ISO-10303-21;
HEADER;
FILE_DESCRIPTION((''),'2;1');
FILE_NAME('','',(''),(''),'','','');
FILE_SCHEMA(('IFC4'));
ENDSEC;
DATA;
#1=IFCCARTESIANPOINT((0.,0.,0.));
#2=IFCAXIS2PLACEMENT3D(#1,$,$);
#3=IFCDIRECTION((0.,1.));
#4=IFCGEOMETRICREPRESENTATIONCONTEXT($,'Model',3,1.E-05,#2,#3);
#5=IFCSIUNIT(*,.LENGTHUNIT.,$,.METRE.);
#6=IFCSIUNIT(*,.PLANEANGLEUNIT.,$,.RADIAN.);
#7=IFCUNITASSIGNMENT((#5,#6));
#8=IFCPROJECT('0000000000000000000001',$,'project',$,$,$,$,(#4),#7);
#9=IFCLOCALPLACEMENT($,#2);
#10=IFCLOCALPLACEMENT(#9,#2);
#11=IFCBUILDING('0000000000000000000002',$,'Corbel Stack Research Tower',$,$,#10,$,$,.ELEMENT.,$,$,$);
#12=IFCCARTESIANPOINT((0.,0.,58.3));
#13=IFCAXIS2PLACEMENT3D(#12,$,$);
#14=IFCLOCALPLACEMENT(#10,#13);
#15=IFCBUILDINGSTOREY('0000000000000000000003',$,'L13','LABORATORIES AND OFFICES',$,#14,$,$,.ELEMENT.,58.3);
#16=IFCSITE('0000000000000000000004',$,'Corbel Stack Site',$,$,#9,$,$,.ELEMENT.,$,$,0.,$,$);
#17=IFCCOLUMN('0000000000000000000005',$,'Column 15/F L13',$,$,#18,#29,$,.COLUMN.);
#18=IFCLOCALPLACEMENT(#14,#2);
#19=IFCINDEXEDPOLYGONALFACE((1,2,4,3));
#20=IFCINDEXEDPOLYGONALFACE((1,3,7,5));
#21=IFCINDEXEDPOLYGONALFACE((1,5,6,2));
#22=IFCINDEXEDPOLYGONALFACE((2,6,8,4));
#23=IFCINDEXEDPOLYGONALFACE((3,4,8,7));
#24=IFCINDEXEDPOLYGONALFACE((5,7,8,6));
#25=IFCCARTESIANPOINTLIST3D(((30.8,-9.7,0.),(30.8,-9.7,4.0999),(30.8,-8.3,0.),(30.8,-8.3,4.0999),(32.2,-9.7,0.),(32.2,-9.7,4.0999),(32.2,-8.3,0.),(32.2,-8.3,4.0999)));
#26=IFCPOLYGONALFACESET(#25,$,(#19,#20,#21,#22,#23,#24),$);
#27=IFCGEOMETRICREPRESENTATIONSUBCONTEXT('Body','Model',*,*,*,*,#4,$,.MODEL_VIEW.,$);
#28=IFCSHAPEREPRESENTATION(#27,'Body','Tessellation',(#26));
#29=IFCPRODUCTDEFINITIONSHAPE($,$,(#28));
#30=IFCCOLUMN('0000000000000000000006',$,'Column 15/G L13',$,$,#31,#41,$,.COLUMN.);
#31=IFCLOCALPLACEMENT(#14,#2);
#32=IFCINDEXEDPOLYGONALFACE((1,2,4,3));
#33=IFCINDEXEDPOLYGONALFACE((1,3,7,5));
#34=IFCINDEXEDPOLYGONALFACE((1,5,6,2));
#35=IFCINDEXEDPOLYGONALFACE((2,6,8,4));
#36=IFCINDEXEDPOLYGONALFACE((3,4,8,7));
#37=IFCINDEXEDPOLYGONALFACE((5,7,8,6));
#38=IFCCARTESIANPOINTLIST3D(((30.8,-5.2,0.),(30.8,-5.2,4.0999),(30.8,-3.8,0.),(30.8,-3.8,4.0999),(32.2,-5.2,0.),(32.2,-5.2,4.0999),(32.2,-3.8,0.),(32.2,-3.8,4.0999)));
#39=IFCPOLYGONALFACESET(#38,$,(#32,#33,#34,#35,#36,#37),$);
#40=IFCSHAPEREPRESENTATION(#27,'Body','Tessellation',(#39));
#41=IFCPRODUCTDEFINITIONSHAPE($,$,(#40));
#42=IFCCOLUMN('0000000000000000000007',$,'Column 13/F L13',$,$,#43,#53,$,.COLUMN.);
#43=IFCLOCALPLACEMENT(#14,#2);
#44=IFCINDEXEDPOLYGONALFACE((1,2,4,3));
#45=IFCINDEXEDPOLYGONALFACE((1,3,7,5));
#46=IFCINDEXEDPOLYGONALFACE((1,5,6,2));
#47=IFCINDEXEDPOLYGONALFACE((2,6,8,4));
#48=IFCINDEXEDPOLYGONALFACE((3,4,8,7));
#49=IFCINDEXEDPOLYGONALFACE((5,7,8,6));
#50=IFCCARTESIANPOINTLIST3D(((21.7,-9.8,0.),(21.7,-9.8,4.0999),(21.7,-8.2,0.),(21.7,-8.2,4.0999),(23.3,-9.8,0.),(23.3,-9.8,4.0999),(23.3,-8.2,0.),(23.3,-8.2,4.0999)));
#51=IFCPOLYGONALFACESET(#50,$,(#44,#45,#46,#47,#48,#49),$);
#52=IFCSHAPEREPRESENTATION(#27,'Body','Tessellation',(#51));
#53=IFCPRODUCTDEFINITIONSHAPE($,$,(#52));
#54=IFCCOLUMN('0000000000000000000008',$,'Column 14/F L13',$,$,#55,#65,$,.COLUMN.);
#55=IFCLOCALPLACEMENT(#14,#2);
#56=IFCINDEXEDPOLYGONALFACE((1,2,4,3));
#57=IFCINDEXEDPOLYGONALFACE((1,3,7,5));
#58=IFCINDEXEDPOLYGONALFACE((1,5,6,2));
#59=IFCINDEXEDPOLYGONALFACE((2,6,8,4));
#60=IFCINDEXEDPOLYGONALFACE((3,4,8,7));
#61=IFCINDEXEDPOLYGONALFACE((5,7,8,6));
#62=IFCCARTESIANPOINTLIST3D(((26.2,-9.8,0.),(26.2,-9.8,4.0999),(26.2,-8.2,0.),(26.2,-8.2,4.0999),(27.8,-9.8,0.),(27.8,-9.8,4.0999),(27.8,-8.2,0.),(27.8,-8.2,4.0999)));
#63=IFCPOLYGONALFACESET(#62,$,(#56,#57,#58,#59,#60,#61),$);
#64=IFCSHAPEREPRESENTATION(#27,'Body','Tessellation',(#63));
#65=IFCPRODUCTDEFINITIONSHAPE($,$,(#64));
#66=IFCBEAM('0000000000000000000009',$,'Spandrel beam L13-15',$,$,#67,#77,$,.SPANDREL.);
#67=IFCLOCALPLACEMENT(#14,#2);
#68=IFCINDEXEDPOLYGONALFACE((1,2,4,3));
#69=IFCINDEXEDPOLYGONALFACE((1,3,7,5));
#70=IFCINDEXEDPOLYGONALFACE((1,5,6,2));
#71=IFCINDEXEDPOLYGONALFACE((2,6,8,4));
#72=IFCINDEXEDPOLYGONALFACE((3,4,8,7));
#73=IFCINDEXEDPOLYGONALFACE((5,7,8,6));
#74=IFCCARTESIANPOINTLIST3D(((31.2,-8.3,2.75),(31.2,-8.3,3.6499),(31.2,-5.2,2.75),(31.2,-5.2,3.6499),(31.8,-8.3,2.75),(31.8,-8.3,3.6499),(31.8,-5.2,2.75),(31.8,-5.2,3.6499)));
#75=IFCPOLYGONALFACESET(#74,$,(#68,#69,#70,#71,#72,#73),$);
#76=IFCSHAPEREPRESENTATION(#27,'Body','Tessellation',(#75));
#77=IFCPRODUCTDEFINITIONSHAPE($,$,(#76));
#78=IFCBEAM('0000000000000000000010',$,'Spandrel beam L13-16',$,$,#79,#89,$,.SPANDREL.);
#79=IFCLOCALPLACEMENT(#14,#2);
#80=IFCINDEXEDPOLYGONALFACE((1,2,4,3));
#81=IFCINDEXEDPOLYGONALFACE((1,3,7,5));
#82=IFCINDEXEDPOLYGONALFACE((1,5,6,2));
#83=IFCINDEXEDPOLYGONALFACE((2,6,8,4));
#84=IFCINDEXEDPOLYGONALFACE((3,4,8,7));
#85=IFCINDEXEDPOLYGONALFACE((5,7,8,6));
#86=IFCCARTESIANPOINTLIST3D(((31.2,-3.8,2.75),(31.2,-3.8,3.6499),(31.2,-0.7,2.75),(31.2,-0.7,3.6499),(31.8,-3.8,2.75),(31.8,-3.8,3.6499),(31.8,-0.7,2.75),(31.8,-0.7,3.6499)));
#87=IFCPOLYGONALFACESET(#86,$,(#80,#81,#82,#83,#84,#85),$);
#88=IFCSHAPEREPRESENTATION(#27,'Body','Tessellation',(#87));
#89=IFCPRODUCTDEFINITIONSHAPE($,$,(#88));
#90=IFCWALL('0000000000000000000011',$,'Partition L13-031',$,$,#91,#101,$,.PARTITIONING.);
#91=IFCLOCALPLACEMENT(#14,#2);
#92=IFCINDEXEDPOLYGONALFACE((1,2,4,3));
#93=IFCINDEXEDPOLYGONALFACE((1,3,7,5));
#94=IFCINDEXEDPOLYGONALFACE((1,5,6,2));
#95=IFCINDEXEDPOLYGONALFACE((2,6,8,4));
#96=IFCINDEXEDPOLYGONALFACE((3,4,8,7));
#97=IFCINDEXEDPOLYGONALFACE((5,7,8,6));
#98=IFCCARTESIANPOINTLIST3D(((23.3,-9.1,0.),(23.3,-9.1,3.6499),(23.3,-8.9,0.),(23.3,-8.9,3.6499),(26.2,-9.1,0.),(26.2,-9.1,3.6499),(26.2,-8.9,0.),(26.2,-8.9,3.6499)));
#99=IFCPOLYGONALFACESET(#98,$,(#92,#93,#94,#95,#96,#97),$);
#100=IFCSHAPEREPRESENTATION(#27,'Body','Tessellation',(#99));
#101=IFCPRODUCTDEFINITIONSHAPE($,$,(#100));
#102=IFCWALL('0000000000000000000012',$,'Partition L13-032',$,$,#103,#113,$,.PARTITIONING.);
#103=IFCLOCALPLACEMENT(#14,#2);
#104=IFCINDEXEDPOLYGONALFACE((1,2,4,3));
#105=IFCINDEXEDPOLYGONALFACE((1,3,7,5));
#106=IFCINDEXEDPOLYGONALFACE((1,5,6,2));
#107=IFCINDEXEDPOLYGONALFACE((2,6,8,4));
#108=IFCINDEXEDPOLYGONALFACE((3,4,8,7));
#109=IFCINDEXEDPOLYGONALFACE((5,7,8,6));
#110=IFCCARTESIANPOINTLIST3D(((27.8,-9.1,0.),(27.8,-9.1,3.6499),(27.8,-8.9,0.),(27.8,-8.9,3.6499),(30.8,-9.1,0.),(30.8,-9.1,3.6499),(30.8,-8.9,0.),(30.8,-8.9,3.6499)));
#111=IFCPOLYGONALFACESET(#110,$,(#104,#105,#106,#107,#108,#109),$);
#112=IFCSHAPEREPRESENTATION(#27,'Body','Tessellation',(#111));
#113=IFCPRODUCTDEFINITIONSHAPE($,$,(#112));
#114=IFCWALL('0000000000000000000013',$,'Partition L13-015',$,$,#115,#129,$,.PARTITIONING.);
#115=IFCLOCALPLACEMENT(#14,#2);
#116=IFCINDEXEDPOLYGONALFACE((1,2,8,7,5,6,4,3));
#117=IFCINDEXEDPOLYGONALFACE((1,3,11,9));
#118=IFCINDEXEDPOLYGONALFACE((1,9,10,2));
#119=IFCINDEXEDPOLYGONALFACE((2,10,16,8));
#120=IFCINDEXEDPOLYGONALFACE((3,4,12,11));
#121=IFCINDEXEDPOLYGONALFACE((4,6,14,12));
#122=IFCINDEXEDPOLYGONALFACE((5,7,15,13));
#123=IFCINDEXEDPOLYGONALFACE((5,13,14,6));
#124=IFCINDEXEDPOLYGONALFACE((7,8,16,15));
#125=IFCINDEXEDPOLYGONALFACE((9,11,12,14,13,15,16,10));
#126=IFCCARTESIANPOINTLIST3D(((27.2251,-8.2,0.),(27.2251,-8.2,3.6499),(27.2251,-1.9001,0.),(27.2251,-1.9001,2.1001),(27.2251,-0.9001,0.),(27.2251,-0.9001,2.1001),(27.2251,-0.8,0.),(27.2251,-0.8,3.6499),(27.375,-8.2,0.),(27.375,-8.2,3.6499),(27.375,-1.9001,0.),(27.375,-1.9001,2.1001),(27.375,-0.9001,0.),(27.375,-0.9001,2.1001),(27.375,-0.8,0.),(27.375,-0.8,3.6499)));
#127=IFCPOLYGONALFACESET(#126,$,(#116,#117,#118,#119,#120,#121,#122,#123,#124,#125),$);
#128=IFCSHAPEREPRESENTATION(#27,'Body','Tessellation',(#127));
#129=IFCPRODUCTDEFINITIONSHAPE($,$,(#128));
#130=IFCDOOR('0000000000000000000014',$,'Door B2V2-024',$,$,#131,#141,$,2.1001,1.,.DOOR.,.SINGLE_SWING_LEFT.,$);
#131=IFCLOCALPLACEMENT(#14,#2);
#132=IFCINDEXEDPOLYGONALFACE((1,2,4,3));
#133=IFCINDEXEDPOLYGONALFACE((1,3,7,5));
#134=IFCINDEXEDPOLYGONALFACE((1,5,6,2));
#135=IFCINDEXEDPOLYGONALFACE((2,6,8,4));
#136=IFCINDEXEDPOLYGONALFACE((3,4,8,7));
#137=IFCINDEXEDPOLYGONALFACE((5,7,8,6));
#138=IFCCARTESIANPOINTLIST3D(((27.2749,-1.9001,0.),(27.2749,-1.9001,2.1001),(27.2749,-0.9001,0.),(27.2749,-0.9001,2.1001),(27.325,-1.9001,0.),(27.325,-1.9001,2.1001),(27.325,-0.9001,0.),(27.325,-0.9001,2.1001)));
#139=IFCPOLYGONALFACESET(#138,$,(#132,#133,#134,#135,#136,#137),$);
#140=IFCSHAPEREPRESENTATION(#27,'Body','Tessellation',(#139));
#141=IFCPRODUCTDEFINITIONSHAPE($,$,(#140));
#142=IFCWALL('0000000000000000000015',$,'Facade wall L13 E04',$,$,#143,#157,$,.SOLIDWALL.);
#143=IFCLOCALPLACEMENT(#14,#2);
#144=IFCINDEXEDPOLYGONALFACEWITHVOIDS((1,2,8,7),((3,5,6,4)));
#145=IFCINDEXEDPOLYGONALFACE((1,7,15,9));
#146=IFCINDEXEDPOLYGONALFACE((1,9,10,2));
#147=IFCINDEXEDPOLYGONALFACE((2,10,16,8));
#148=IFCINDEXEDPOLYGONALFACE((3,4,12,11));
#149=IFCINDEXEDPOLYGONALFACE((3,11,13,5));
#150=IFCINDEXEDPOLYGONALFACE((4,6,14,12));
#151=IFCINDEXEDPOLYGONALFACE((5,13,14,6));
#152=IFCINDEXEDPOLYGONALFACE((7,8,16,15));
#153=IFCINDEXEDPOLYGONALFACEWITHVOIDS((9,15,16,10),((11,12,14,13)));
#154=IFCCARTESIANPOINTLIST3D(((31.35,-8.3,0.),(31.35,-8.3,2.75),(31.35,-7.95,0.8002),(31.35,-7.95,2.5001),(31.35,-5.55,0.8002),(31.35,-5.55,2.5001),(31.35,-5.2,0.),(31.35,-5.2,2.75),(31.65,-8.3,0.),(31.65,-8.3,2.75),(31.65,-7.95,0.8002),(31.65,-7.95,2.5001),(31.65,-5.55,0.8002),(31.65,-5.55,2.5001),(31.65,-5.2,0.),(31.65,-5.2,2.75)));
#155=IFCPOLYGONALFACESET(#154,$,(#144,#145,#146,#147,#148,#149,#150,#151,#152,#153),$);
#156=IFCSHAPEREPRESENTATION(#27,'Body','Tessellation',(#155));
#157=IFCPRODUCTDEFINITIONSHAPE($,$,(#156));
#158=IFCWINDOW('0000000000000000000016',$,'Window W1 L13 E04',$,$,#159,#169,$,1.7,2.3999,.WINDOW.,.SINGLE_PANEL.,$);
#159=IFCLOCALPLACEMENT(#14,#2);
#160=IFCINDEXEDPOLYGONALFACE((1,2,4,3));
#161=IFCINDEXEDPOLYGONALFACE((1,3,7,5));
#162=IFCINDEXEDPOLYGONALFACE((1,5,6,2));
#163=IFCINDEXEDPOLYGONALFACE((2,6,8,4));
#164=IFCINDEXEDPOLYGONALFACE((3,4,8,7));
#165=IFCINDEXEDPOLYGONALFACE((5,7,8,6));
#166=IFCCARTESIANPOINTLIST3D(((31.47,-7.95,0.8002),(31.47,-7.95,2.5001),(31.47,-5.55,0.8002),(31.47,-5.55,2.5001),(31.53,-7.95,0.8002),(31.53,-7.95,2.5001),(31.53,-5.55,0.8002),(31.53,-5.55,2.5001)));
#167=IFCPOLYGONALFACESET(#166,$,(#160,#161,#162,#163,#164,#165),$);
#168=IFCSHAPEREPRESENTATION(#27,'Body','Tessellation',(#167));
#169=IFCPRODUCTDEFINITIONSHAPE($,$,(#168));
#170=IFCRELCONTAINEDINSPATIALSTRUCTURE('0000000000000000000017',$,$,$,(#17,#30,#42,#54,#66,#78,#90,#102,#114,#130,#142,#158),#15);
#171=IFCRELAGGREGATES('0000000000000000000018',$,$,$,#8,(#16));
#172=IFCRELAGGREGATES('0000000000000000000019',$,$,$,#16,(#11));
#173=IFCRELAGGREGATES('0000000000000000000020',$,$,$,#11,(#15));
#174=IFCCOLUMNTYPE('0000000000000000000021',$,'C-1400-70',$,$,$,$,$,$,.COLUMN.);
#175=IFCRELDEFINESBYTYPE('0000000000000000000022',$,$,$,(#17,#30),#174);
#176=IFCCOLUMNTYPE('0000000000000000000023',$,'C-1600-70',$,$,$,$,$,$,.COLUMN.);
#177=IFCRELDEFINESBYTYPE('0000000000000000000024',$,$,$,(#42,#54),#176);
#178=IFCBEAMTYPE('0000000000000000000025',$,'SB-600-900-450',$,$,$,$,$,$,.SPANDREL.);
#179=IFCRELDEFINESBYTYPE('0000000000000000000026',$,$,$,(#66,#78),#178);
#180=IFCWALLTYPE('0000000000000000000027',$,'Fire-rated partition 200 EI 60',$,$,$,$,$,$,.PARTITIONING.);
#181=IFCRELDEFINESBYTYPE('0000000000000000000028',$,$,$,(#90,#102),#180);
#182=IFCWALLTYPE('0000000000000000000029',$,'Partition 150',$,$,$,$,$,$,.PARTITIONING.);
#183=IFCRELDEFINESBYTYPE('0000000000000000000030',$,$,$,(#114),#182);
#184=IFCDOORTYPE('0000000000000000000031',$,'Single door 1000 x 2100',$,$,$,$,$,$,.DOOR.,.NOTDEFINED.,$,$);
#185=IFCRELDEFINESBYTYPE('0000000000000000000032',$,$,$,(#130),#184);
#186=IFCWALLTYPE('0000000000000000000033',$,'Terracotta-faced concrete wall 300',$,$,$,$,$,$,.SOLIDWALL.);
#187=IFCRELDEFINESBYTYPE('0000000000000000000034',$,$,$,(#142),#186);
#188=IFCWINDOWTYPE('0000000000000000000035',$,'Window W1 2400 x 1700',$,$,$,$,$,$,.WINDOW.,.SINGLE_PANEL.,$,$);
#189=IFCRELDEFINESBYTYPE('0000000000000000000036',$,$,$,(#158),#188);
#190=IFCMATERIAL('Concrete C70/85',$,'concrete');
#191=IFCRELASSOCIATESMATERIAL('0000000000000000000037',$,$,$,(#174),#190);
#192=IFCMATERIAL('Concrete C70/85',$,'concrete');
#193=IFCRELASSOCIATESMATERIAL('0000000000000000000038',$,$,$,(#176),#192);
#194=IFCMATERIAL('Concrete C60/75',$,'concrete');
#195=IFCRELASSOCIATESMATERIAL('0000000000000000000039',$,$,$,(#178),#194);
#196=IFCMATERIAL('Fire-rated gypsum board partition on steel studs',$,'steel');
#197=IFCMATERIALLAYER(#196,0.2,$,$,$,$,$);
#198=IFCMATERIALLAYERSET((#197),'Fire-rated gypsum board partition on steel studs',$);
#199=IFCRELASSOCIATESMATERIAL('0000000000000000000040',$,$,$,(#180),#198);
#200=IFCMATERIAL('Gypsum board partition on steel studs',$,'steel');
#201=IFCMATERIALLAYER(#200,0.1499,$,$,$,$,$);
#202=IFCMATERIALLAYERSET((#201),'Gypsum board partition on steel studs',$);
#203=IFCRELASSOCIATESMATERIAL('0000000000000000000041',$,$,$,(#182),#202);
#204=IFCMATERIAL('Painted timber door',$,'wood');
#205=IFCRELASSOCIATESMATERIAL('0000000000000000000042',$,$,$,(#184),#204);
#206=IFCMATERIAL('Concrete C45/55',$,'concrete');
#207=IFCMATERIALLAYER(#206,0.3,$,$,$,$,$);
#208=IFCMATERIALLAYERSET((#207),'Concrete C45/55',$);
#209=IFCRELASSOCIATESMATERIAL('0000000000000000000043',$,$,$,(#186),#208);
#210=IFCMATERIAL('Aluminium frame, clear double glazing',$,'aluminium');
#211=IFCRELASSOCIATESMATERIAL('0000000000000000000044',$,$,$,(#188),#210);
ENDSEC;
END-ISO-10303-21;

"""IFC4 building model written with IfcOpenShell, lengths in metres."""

from ifc_helpers import new_model, si_unit, direction, frame, frame_2d, origin, origin_2d, place, context, subcontext, project, spatial, rectangle, extrude, material, layer, layer_set, material_profile, profile_set, type_object, element, fill, save


model = new_model("IFC4")

# Units and contexts
model_context = context("Model", 3, precision=1e-05, world=origin(), true_north=direction((0.0, 1.0)))
body_context = subcontext(model_context, "Body", "Model", "MODEL_VIEW")
ifc_project = project(units=[si_unit("LENGTHUNIT", "METRE"), si_unit("PLANEANGLEUNIT", "RADIAN")], contexts=[model_context])

# Site, building, storey
site_placement = place(None, origin())
site = spatial("IfcSite", under=ifc_project, at=site_placement, Name="Corbel Stack Site", CompositionType="ELEMENT", RefElevation=0.0)
building_placement = place(site_placement, origin())
building = spatial("IfcBuilding", under=site, at=building_placement, Name="Corbel Stack Research Tower", CompositionType="ELEMENT")
storey_placement = place(building_placement, frame((0.0, 0.0, 58.3)))
storey = spatial("IfcBuildingStorey", under=building, at=storey_placement, Name="L13", Description="LABORATORIES AND OFFICES", CompositionType="ELEMENT", Elevation=58.3)

# Columns
ifc_material_1 = material(Name="Concrete C70/85", Category="concrete")
ifc_material_profile_1 = material_profile(ifc_material_1, rectangle(XDim=1.3999, YDim=1.3999, at=origin_2d()), Name="RC 1400 x 1400")
ifc_profile_set_1 = profile_set([ifc_material_profile_1], Name="Concrete C70/85")
column_type_1 = type_object("IfcColumnType", Name="C-1400-70", PredefinedType="COLUMN", material=ifc_profile_set_1)
for number, where, z_axis, x_axis, name in (
    (1, (31.5, -9.0, 0.0), (0.0, 0.0, 1.0), (1.0, 0.0, 0.0), "Column 15/F L13"),
    (2, (31.5, -4.5, 0.0), (0.0, 0.0, 1.0), (1.0, 0.0, 0.0), "Column 15/G L13"),
):
    element("IfcColumn", number, at=place(storey_placement, frame(where, z_axis=z_axis, x_axis=x_axis)), inside=storey, type_object=column_type_1, Name=name, PredefinedType="COLUMN", context=body_context, shape_type="SweptSolid", body=[
        extrude(rectangle(XDim=1.3999, YDim=1.3999, at=origin_2d()), origin(), (0.0, 0.0, 1.0), 4.0999),
    ])
ifc_material_2 = material(Name="Concrete C70/85", Category="concrete")
ifc_material_profile_2 = material_profile(ifc_material_2, rectangle(XDim=1.6001, YDim=1.6001, at=origin_2d()), Name="RC 1600 x 1600")
ifc_profile_set_2 = profile_set([ifc_material_profile_2], Name="Concrete C70/85")
column_type_2 = type_object("IfcColumnType", Name="C-1600-70", PredefinedType="COLUMN", material=ifc_profile_set_2)
for number, where, z_axis, x_axis, name in (
    (3, (22.5, -9.0, 0.0), (0.0, 0.0, 1.0), (1.0, 0.0, 0.0), "Column 13/F L13"),
    (4, (27.0, -9.0, 0.0), (0.0, 0.0, 1.0), (1.0, 0.0, 0.0), "Column 14/F L13"),
):
    element("IfcColumn", number, at=place(storey_placement, frame(where, z_axis=z_axis, x_axis=x_axis)), inside=storey, type_object=column_type_2, Name=name, PredefinedType="COLUMN", context=body_context, shape_type="SweptSolid", body=[
        extrude(rectangle(XDim=1.6001, YDim=1.6001, at=origin_2d()), origin(), (0.0, 0.0, 1.0), 4.0999),
    ])

# Beams
ifc_material_3 = material(Name="Concrete C60/75", Category="concrete")
ifc_material_profile_3 = material_profile(ifc_material_3, rectangle(XDim=0.6001, YDim=0.8999, at=origin_2d()), Name="RC 600 x 900")
ifc_profile_set_3 = profile_set([ifc_material_profile_3], Name="Concrete C60/75")
beam_type = type_object("IfcBeamType", Name="SB-600-900-450", PredefinedType="SPANDREL", material=ifc_profile_set_3)
for number, where, z_axis, x_axis, name in (
    (5, (31.5, -8.3, 3.2), (0.0, 1.0, 0.0), (-1.0, 0.0, 0.0), "Spandrel beam L13-15"),
    (6, (31.5, -3.8, 3.2), (0.0, 1.0, 0.0), (-1.0, 0.0, 0.0), "Spandrel beam L13-16"),
):
    element("IfcBeam", number, at=place(storey_placement, frame(where, z_axis=z_axis, x_axis=x_axis)), inside=storey, type_object=beam_type, Name=name, PredefinedType="SPANDREL", context=body_context, shape_type="SweptSolid", body=[
        extrude(rectangle(XDim=0.6001, YDim=0.8999, at=origin_2d()), origin(), (0.0, 0.0, 1.0), 3.1001),
    ])

# Walls
ifc_material_4 = material(Name="Fire-rated gypsum board partition on steel studs", Category="steel")
ifc_layer_1 = layer(ifc_material_4, 0.2)
ifc_layer_set_1 = layer_set([ifc_layer_1], Name="Fire-rated gypsum board partition on steel studs")
wall_type_1 = type_object("IfcWallType", Name="Fire-rated partition 200 EI 60", PredefinedType="PARTITIONING", material=ifc_layer_set_1)
wall_1_placement = place(storey_placement, frame((23.3, -9.0, 0.0), z_axis=(0.0, 0.0, 1.0), x_axis=(1.0, 0.0, 0.0)))
element("IfcWall", 7, at=wall_1_placement, inside=storey, type_object=wall_type_1, Name="Partition L13-031", PredefinedType="PARTITIONING", context=body_context, shape_type="SweptSolid", body=[
    extrude(rectangle(XDim=2.8999, YDim=0.2, at=frame_2d((1.45, 0.0))), origin(), (0.0, 0.0, 1.0), 3.6499),
])
wall_2_placement = place(storey_placement, frame((27.8, -9.0, 0.0), z_axis=(0.0, 0.0, 1.0), x_axis=(1.0, 0.0, 0.0)))
element("IfcWall", 8, at=wall_2_placement, inside=storey, type_object=wall_type_1, Name="Partition L13-032", PredefinedType="PARTITIONING", context=body_context, shape_type="SweptSolid", body=[
    extrude(rectangle(XDim=3.0, YDim=0.2, at=frame_2d((1.5, 0.0))), origin(), (0.0, 0.0, 1.0), 3.6499),
])

# Wall, opening, door
ifc_material_5 = material(Name="Gypsum board partition on steel studs", Category="steel")
ifc_layer_2 = layer(ifc_material_5, 0.1499)
ifc_layer_set_2 = layer_set([ifc_layer_2], Name="Gypsum board partition on steel studs")
wall_type_2 = type_object("IfcWallType", Name="Partition 150", PredefinedType="PARTITIONING", material=ifc_layer_set_2)
wall_3_placement = place(storey_placement, frame((27.3, -0.8, 0.0), z_axis=(0.0, 0.0, 1.0), x_axis=(0.0, -1.0, 0.0)))
wall_3 = element("IfcWall", 9, at=wall_3_placement, inside=storey, type_object=wall_type_2, Name="Partition L13-015", PredefinedType="PARTITIONING", context=body_context, shape_type="SweptSolid", body=[
    extrude(rectangle(XDim=7.3999, YDim=0.1499, at=frame_2d((3.7, 0.0))), origin(), (0.0, 0.0, 1.0), 3.6499),
])
opening_1_placement = place(wall_3_placement, frame((0.1001, 0.0, 0.0)))
opening_1 = element("IfcOpeningElement", 10, at=opening_1_placement, cuts=wall_3, PredefinedType="OPENING", context=body_context, shape_type="SweptSolid", body=[
    extrude(rectangle(XDim=1.0, YDim=2.1001, at=frame_2d((0.5, 1.05))), frame((0.0, 0.085, 0.0), z_axis=(0.0, -1.0, 0.0), x_axis=(1.0, 0.0, 0.0)), (0.0, 0.0, 1.0), 0.1699),
])
ifc_material_6 = material(Name="Painted timber door", Category="wood")
door_type = type_object("IfcDoorType", Name="Single door 1000 x 2100", OperationType="NOTDEFINED", PredefinedType="DOOR", material=ifc_material_6)
door_placement = place(opening_1_placement, origin())
door = element("IfcDoor", 11, at=door_placement, inside=storey, type_object=door_type, Name="Door B2V2-024", OperationType="SINGLE_SWING_LEFT", OverallHeight=2.1001, OverallWidth=1.0, PredefinedType="DOOR", context=body_context, shape_type="SweptSolid", body=[
    extrude(rectangle(XDim=1.0, YDim=2.1001, at=frame_2d((0.5, 1.05))), frame((0.0, 0.0249, 0.0), z_axis=(0.0, -1.0, 0.0), x_axis=(1.0, 0.0, 0.0)), (0.0, 0.0, 1.0), 0.05),
])
fill(opening_1, door)

# Wall, opening, window
ifc_material_7 = material(Name="Concrete C45/55", Category="concrete")
ifc_layer_3 = layer(ifc_material_7, 0.3)
ifc_layer_set_3 = layer_set([ifc_layer_3], Name="Concrete C45/55")
wall_type_3 = type_object("IfcWallType", Name="Terracotta-faced concrete wall 300", PredefinedType="SOLIDWALL", material=ifc_layer_set_3)
wall_4_placement = place(storey_placement, frame((31.5, -5.2, 0.0), z_axis=(0.0, 0.0, 1.0), x_axis=(0.0, -1.0, 0.0)))
wall_4 = element("IfcWall", 12, at=wall_4_placement, inside=storey, type_object=wall_type_3, Name="Facade wall L13 E04", PredefinedType="SOLIDWALL", context=body_context, shape_type="SweptSolid", body=[
    extrude(rectangle(XDim=3.1001, YDim=0.3, at=frame_2d((1.55, 0.0))), origin(), (0.0, 0.0, 1.0), 2.75),
])
opening_2_placement = place(wall_4_placement, frame((0.3501, 0.0, 0.8)))
opening_2 = element("IfcOpeningElement", 13, at=opening_2_placement, cuts=wall_4, PredefinedType="OPENING", context=body_context, shape_type="SweptSolid", body=[
    extrude(rectangle(XDim=2.3999, YDim=1.7, at=frame_2d((1.2, 0.8501))), frame((0.0, 0.1599, 0.0), z_axis=(0.0, -1.0, 0.0), x_axis=(1.0, 0.0, 0.0)), (0.0, 0.0, 1.0), 0.3201),
])
ifc_material_8 = material(Name="Aluminium frame, clear double glazing", Category="aluminium")
window_type = type_object("IfcWindowType", Name="Window W1 2400 x 1700", PartitioningType="SINGLE_PANEL", PredefinedType="WINDOW", material=ifc_material_8)
window_1_placement = place(opening_2_placement, origin())
window_1 = element("IfcWindow", 14, at=window_1_placement, inside=storey, type_object=window_type, Name="Window W1 L13 E04", OverallHeight=1.7, OverallWidth=2.3999, PartitioningType="SINGLE_PANEL", PredefinedType="WINDOW", context=body_context, shape_type="SweptSolid", body=[
    extrude(rectangle(XDim=2.3999, YDim=1.7, at=frame_2d((1.2, 0.8501))), frame((0.0, 0.03, 0.0), z_axis=(0.0, -1.0, 0.0), x_axis=(1.0, 0.0, 0.0)), (0.0, 0.0, 1.0), 0.0601),
])
fill(opening_2, window_1)

save(model, "model.ifc")
